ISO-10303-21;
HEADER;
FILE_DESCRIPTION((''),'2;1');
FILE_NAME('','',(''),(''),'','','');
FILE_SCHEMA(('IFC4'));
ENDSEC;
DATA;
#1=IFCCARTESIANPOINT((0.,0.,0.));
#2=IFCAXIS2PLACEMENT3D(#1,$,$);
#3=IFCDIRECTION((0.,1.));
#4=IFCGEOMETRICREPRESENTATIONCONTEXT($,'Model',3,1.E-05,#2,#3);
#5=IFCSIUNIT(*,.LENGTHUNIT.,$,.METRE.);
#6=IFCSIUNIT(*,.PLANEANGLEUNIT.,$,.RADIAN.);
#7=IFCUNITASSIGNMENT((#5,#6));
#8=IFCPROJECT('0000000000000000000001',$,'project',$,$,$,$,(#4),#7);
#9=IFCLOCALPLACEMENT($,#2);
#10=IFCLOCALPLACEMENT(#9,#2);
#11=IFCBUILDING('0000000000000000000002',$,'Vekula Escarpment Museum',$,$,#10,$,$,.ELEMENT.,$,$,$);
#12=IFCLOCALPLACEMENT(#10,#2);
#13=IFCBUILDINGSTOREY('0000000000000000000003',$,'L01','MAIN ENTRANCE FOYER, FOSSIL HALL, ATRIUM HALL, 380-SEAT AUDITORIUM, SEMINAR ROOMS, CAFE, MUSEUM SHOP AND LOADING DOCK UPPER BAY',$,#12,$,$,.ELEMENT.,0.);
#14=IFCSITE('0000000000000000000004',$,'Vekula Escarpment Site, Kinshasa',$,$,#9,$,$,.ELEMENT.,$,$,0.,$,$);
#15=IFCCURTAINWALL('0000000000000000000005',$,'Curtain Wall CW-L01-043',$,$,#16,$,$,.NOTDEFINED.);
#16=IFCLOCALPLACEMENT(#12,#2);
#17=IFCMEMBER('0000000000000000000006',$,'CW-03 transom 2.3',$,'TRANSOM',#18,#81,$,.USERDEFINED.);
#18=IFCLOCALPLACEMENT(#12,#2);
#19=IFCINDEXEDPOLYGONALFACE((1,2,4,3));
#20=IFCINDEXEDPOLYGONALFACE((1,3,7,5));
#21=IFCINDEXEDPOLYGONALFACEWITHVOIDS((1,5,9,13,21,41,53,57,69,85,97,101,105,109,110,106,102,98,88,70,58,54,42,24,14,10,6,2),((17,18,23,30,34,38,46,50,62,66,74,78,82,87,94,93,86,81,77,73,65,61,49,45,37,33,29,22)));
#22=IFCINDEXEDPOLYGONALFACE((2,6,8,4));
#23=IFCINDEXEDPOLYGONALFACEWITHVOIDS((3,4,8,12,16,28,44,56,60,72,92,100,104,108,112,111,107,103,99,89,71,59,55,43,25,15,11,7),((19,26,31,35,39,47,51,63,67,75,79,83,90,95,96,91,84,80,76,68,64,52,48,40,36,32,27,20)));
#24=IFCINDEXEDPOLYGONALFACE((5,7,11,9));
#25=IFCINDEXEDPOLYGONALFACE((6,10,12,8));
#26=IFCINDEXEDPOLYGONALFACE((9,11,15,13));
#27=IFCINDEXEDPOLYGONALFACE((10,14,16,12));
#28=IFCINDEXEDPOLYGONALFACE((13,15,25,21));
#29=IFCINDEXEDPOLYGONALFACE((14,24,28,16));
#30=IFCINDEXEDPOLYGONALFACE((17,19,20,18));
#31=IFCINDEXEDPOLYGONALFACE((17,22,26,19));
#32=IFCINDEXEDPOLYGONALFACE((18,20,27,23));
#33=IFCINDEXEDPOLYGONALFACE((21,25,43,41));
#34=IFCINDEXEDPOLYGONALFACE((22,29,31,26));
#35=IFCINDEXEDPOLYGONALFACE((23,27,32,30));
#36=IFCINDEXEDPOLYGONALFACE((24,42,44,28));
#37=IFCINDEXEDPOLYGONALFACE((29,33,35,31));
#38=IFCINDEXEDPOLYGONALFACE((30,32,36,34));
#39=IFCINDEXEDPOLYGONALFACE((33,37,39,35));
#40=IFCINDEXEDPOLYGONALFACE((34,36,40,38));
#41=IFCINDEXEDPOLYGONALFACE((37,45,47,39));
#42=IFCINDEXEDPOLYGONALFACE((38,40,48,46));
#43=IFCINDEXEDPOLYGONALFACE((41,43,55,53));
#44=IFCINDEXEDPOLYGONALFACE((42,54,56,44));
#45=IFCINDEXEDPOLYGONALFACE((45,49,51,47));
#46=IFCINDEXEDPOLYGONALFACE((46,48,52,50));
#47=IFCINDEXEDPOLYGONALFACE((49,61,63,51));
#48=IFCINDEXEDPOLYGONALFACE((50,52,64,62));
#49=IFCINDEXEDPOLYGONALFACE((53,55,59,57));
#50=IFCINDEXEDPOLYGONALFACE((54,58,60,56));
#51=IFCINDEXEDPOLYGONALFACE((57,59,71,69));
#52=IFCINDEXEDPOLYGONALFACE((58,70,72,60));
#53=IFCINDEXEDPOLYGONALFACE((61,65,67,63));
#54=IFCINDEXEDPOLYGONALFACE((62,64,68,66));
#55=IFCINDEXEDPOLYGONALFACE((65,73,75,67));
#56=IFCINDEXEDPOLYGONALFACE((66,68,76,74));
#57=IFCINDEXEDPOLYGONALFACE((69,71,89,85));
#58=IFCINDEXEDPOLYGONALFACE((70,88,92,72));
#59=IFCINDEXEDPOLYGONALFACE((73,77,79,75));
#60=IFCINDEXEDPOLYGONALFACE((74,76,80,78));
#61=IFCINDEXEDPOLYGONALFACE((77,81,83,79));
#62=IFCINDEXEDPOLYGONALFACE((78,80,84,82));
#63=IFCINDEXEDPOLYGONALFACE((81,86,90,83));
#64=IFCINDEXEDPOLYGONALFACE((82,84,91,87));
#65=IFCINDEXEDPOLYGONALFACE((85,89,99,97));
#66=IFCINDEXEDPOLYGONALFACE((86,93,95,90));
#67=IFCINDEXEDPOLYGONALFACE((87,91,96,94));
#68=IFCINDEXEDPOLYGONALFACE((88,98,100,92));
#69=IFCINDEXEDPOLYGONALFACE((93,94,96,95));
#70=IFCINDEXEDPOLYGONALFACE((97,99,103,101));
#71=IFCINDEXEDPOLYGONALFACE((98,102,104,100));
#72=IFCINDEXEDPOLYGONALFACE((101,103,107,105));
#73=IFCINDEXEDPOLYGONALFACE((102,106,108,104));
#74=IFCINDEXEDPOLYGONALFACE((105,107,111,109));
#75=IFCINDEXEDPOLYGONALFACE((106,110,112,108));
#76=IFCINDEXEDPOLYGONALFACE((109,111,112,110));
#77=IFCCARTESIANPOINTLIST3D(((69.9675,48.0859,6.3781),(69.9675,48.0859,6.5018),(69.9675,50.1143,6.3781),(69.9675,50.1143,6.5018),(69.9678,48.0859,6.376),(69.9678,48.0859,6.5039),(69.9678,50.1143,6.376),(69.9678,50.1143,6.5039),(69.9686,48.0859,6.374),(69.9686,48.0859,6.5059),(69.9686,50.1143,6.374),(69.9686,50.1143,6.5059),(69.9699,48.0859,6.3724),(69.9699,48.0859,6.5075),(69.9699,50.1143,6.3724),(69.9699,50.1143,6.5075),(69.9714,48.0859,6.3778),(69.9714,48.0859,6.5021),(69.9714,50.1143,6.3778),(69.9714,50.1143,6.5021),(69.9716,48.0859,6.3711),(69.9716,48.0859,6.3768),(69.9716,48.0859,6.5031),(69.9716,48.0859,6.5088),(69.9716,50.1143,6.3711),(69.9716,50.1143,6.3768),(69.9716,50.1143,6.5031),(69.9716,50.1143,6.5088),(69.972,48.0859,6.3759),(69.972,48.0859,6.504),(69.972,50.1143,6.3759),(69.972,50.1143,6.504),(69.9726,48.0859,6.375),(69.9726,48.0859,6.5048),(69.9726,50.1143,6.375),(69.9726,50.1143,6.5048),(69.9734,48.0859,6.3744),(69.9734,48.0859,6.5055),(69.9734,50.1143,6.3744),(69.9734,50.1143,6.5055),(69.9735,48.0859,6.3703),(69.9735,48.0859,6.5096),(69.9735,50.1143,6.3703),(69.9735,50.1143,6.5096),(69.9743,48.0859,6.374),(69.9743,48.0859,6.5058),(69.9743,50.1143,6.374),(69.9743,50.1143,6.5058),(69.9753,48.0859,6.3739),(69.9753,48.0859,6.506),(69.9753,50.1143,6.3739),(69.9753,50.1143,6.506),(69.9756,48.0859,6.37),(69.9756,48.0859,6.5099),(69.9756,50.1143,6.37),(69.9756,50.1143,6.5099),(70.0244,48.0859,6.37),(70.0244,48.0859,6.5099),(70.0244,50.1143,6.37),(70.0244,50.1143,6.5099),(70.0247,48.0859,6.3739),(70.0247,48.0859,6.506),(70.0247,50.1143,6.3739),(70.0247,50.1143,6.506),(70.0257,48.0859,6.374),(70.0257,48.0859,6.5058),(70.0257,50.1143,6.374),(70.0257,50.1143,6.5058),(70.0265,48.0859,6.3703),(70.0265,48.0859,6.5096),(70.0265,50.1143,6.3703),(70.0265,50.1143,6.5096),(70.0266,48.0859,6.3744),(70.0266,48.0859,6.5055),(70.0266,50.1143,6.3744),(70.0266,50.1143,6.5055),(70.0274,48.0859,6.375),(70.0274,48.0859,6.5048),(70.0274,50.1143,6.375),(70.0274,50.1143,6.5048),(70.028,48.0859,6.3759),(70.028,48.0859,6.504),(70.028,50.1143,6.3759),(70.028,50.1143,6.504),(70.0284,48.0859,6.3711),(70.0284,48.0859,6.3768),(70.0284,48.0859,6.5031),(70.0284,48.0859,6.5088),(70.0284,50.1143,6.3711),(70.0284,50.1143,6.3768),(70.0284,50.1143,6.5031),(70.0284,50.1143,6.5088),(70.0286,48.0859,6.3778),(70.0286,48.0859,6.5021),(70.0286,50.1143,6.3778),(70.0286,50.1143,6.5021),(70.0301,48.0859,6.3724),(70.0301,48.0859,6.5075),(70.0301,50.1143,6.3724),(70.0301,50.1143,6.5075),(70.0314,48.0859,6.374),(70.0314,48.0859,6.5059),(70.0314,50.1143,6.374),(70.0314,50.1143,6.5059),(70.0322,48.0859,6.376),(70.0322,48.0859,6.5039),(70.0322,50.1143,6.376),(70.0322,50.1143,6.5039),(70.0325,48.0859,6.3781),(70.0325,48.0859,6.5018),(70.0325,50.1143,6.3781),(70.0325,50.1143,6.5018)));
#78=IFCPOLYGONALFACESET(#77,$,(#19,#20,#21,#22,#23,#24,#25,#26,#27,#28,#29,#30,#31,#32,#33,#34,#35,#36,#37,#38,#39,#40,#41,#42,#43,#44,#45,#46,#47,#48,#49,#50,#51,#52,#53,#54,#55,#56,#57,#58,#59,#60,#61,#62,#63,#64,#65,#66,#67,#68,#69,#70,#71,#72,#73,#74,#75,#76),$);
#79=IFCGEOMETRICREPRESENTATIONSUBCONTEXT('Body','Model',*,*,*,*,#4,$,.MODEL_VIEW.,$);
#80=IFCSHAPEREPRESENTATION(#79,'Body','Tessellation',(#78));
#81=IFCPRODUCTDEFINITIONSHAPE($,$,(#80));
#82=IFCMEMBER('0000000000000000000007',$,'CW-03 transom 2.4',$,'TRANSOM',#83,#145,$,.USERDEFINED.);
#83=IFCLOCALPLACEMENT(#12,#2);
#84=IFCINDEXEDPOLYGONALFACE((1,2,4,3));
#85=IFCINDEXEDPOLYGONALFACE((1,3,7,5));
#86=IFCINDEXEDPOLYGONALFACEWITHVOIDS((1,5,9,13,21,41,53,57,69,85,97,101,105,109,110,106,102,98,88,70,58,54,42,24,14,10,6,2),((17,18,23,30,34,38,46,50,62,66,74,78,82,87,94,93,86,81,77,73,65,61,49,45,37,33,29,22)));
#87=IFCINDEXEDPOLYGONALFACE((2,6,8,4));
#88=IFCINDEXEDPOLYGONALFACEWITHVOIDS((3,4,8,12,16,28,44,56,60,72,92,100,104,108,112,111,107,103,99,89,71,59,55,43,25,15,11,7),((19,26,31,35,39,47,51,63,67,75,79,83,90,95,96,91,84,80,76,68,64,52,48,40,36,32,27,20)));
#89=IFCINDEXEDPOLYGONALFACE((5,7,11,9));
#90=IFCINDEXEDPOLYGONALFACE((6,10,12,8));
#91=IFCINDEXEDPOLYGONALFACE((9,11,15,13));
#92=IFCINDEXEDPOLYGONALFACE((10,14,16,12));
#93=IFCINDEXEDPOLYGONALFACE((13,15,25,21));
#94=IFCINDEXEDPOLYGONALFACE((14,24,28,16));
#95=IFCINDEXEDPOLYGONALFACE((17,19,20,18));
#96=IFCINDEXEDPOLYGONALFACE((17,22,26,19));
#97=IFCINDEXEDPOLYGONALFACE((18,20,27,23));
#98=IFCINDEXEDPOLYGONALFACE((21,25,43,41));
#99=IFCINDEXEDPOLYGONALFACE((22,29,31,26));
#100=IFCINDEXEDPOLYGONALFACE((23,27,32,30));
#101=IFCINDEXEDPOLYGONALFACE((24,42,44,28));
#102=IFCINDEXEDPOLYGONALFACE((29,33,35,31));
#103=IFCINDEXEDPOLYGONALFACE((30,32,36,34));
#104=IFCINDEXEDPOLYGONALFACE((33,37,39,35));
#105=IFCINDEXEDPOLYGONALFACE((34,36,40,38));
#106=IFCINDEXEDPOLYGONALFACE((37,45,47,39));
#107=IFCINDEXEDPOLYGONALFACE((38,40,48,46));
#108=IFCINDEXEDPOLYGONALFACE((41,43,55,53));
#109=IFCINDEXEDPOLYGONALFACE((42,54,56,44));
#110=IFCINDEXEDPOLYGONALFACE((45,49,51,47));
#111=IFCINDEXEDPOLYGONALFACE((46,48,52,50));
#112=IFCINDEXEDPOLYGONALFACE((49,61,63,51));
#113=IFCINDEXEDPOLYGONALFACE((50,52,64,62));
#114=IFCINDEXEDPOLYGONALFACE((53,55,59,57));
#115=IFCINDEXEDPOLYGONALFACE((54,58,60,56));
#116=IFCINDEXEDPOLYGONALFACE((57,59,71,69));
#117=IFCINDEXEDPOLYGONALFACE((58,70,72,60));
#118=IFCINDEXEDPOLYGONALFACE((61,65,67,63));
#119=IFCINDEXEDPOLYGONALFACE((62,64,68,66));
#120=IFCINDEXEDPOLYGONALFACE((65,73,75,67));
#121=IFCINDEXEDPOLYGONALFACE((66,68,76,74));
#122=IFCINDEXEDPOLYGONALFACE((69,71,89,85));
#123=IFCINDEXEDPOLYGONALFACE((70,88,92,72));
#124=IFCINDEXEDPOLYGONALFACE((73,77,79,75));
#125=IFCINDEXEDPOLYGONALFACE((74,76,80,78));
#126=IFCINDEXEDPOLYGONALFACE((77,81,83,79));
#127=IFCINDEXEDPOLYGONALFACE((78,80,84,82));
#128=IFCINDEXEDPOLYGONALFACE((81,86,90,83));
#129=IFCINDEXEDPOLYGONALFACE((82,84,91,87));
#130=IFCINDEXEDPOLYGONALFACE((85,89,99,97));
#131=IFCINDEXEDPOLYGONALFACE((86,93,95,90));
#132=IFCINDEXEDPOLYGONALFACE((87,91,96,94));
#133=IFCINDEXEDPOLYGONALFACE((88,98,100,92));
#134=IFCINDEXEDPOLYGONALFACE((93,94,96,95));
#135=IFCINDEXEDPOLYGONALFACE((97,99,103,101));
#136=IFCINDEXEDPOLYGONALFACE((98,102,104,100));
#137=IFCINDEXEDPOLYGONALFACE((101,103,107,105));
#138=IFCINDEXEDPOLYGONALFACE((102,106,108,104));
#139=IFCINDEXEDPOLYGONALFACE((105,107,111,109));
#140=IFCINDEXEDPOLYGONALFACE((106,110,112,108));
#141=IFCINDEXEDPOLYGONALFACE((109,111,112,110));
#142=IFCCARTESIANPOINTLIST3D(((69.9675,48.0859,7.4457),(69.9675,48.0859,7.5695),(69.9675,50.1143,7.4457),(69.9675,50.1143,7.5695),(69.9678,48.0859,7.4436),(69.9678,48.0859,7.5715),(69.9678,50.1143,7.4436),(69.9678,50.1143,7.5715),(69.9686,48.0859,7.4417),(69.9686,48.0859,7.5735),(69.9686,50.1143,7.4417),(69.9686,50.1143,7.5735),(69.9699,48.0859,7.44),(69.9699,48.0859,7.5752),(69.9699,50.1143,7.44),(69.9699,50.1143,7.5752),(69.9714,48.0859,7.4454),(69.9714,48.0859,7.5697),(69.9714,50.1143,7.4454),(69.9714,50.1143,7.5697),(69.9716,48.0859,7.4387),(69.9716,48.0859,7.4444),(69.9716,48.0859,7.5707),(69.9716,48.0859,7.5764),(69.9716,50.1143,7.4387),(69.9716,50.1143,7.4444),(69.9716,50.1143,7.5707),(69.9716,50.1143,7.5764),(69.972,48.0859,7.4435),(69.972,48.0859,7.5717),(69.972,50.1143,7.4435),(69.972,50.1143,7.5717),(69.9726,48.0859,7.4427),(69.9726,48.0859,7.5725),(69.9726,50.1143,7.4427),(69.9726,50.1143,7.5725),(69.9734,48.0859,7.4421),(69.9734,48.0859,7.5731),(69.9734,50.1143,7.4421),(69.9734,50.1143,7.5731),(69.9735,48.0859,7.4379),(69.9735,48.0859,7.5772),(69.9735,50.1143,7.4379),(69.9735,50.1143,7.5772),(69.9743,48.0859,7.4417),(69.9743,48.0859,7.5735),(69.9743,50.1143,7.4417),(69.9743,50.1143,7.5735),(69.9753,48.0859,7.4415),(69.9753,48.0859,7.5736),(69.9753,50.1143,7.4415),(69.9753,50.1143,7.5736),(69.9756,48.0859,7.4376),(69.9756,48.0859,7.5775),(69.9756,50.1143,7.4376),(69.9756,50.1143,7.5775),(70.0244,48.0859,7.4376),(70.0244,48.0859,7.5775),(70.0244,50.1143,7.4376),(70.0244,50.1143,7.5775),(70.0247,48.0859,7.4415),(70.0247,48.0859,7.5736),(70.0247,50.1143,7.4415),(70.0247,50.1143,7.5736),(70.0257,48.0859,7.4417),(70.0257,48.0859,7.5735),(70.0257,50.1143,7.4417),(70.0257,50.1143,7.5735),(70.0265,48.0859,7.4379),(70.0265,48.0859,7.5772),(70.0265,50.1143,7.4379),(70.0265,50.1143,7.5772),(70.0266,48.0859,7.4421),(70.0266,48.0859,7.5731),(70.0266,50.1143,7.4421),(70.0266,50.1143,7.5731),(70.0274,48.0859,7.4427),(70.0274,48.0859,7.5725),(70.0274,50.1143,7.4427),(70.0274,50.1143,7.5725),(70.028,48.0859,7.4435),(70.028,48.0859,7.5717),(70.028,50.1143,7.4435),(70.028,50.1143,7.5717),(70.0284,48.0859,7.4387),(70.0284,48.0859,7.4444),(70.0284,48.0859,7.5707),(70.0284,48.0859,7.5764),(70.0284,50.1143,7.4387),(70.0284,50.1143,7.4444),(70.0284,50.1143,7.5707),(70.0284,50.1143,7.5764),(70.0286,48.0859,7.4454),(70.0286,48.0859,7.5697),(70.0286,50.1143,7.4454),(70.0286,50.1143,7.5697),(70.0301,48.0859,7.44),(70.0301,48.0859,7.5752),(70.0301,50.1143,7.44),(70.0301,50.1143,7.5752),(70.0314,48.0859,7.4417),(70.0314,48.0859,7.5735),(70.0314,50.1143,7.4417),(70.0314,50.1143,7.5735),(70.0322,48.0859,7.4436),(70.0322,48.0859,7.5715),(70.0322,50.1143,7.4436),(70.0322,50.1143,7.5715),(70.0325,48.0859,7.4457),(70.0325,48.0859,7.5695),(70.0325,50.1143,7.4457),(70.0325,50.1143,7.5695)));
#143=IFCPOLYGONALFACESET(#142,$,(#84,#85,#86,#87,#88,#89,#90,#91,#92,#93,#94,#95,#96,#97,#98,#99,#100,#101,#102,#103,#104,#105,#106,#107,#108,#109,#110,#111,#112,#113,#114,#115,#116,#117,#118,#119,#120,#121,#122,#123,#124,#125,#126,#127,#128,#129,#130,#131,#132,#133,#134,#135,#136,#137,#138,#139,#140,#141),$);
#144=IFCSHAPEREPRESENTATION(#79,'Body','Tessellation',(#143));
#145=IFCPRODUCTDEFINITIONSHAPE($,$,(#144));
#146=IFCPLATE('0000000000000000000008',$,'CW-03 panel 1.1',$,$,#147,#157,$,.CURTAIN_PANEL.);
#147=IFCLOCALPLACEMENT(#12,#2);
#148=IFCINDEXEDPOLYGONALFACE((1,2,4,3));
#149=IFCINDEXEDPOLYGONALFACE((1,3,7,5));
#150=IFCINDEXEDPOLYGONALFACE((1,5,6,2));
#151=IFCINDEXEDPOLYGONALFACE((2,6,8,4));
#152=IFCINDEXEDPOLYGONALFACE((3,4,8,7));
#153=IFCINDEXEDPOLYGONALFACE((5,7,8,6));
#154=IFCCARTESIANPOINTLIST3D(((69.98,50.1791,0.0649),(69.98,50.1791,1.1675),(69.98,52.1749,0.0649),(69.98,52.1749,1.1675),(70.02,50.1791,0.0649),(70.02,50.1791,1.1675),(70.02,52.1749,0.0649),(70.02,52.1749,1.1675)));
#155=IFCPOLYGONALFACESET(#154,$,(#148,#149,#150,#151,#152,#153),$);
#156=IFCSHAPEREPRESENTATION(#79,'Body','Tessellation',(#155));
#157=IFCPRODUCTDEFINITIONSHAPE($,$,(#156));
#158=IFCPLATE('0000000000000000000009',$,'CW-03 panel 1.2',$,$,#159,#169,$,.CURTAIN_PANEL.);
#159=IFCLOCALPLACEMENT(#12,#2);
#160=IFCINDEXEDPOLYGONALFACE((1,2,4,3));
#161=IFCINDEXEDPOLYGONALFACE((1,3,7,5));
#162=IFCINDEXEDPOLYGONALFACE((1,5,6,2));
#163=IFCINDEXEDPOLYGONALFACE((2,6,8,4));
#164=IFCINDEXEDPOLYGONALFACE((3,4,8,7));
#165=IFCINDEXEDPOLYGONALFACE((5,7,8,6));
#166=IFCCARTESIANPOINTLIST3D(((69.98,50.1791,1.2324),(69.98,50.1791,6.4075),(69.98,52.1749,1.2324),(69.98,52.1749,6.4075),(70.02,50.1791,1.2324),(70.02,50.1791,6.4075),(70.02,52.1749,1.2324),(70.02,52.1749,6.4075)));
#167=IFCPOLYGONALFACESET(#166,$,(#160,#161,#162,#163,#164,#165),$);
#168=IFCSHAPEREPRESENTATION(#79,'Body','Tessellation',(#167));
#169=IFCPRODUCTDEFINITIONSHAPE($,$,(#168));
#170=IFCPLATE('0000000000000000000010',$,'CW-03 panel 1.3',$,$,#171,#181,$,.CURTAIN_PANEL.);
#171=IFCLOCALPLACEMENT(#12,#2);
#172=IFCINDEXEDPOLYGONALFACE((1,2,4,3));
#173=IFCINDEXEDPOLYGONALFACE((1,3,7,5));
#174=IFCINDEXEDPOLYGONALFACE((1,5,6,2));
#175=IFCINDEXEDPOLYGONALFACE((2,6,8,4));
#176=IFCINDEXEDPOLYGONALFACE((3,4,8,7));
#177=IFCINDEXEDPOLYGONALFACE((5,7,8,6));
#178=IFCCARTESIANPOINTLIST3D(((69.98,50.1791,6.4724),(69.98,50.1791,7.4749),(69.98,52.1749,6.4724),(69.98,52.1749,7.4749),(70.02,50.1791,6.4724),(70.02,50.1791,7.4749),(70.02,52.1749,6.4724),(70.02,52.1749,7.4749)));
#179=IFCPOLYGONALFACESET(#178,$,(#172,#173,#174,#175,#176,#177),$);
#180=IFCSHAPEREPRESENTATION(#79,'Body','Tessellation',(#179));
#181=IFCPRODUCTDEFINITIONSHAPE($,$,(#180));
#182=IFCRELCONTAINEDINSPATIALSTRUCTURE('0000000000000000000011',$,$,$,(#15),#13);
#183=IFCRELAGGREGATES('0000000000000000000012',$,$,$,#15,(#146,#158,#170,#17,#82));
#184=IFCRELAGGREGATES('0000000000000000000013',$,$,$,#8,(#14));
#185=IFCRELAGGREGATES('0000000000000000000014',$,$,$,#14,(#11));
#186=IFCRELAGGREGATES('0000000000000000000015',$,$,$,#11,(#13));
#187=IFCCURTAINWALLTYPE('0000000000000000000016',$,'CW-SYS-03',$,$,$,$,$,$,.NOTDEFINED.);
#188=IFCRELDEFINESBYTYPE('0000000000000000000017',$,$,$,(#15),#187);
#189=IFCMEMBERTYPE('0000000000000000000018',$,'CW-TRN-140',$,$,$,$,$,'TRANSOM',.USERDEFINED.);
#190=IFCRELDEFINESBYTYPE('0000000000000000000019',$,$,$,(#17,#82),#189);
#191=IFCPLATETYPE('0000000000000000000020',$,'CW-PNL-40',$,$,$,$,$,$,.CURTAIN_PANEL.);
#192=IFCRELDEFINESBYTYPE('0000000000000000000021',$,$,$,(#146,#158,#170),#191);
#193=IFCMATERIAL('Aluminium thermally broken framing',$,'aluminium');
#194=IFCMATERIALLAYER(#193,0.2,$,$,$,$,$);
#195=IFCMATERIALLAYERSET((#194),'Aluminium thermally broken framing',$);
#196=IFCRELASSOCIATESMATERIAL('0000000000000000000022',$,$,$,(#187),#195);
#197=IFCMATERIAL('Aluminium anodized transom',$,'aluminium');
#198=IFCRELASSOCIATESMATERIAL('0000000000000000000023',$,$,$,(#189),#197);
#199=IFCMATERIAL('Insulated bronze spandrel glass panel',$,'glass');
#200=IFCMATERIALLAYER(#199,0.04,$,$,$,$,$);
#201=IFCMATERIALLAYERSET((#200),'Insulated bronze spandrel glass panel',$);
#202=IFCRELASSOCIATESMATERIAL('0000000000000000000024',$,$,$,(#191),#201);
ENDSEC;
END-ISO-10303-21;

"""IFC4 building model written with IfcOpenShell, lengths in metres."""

from ifc_helpers import new_model, si_unit, direction, frame, origin, origin_2d, place, context, subcontext, project, spatial, rectangle, hollow_rectangle, extrude, material, layer, layer_set, material_profile, profile_set, type_object, element, aggregate, save


model = new_model("IFC4")

# Units and contexts
model_context = context("Model", 3, precision=1e-05, world=origin(), true_north=direction((0.0, 1.0)))
body_context = subcontext(model_context, "Body", "Model", "MODEL_VIEW")
ifc_project = project(units=[si_unit("LENGTHUNIT", "METRE"), si_unit("PLANEANGLEUNIT", "RADIAN")], contexts=[model_context])

# Site, building, storey
site_placement = place(None, origin())
site = spatial("IfcSite", under=ifc_project, at=site_placement, Name="Vekula Escarpment Site, Kinshasa", CompositionType="ELEMENT", RefElevation=0.0)
building_placement = place(site_placement, origin())
building = spatial("IfcBuilding", under=site, at=building_placement, Name="Vekula Escarpment Museum", CompositionType="ELEMENT")
storey_placement = place(building_placement, origin())
storey = spatial("IfcBuildingStorey", under=building, at=storey_placement, Name="L01", Description="MAIN ENTRANCE FOYER, FOSSIL HALL, ATRIUM HALL, 380-SEAT AUDITORIUM, SEMINAR ROOMS, CAFE, MUSEUM SHOP AND LOADING DOCK UPPER BAY", CompositionType="ELEMENT", Elevation=0.0)

# Curtain wall, members, plates
ifc_material_1 = material(Name="Aluminium thermally broken framing", Category="aluminium")
ifc_layer_1 = layer(ifc_material_1, 0.2)
ifc_layer_set_1 = layer_set([ifc_layer_1], Name="Aluminium thermally broken framing")
curtain_wall_type = type_object("IfcCurtainWallType", Name="CW-SYS-03", PredefinedType="NOTDEFINED", material=ifc_layer_set_1)
curtain_wall_placement = place(storey_placement, origin())
curtain_wall = element("IfcCurtainWall", 1, at=curtain_wall_placement, inside=storey, type_object=curtain_wall_type, Name="Curtain Wall CW-L01-043", PredefinedType="NOTDEFINED")
ifc_material_2 = material(Name="Aluminium anodized transom", Category="aluminium")
ifc_material_profile_1 = material_profile(ifc_material_2, hollow_rectangle(XDim=0.0649, YDim=0.1399, WallThickness=0.0039, InnerFilletRadius=0.0039, OuterFilletRadius=0.0081, at=origin_2d()), Name="ALU 140x65x4")
ifc_profile_set_1 = profile_set([ifc_material_profile_1], Name="Aluminium anodized transom")
member_type_1 = type_object("IfcMemberType", Name="CW-TRN-140", ElementType="TRANSOM", PredefinedType="USERDEFINED", material=ifc_profile_set_1)
member_1_placement = place(storey_placement, frame((70.0, 50.1143, 6.4399), z_axis=(0.0, -1.0, 0.0), x_axis=(1.0, 0.0, 0.0)))
member_1 = element("IfcMember", 2, at=member_1_placement, type_object=member_type_1, Name="CW-03 transom 2.3", ObjectType="TRANSOM", PredefinedType="USERDEFINED", context=body_context, shape_type="SweptSolid", body=[
    extrude(hollow_rectangle(XDim=0.0649, YDim=0.1399, WallThickness=0.0039, InnerFilletRadius=0.0039, OuterFilletRadius=0.0081, at=origin_2d()), origin(), (0.0, 0.0, 1.0), 2.0283),
])
member_2_placement = place(storey_placement, frame((70.0, 50.1143, 7.5076), z_axis=(0.0, -1.0, 0.0), x_axis=(1.0, 0.0, 0.0)))
member_2 = element("IfcMember", 3, at=member_2_placement, type_object=member_type_1, Name="CW-03 transom 2.4", ObjectType="TRANSOM", PredefinedType="USERDEFINED", context=body_context, shape_type="SweptSolid", body=[
    extrude(hollow_rectangle(XDim=0.0649, YDim=0.1399, WallThickness=0.0039, InnerFilletRadius=0.0039, OuterFilletRadius=0.0081, at=origin_2d()), origin(), (0.0, 0.0, 1.0), 2.0283),
])
ifc_material_3 = material(Name="Insulated bronze spandrel glass panel", Category="glass")
ifc_layer_2 = layer(ifc_material_3, 0.04)
ifc_layer_set_2 = layer_set([ifc_layer_2], Name="Insulated bronze spandrel glass panel")
plate_type = type_object("IfcPlateType", Name="CW-PNL-40", PredefinedType="CURTAIN_PANEL", material=ifc_layer_set_2)
plate_1_placement = place(storey_placement, frame((70.0, 51.177, 0.0649), z_axis=(0.0, 0.0, 1.0), x_axis=(0.0, -1.0, 0.0)))
plate_1 = element("IfcPlate", 4, at=plate_1_placement, type_object=plate_type, Name="CW-03 panel 1.1", PredefinedType="CURTAIN_PANEL", context=body_context, shape_type="SweptSolid", body=[
    extrude(rectangle(XDim=1.9958, YDim=0.04, at=origin_2d()), origin(), (0.0, 0.0, 1.0), 1.1025),
])
plate_2_placement = place(storey_placement, frame((70.0, 51.177, 1.2324), z_axis=(0.0, 0.0, 1.0), x_axis=(0.0, -1.0, 0.0)))
plate_2 = element("IfcPlate", 5, at=plate_2_placement, type_object=plate_type, Name="CW-03 panel 1.2", PredefinedType="CURTAIN_PANEL", context=body_context, shape_type="SweptSolid", body=[
    extrude(rectangle(XDim=1.9958, YDim=0.04, at=origin_2d()), origin(), (0.0, 0.0, 1.0), 5.175),
])
plate_3_placement = place(storey_placement, frame((70.0, 51.177, 6.4724), z_axis=(0.0, 0.0, 1.0), x_axis=(0.0, -1.0, 0.0)))
plate_3 = element("IfcPlate", 6, at=plate_3_placement, type_object=plate_type, Name="CW-03 panel 1.3", PredefinedType="CURTAIN_PANEL", context=body_context, shape_type="SweptSolid", body=[
    extrude(rectangle(XDim=1.9958, YDim=0.04, at=origin_2d()), origin(), (0.0, 0.0, 1.0), 1.0024),
])
aggregate(curtain_wall, [plate_1, plate_2, plate_3, member_1, member_2])

save(model, "model.ifc")
